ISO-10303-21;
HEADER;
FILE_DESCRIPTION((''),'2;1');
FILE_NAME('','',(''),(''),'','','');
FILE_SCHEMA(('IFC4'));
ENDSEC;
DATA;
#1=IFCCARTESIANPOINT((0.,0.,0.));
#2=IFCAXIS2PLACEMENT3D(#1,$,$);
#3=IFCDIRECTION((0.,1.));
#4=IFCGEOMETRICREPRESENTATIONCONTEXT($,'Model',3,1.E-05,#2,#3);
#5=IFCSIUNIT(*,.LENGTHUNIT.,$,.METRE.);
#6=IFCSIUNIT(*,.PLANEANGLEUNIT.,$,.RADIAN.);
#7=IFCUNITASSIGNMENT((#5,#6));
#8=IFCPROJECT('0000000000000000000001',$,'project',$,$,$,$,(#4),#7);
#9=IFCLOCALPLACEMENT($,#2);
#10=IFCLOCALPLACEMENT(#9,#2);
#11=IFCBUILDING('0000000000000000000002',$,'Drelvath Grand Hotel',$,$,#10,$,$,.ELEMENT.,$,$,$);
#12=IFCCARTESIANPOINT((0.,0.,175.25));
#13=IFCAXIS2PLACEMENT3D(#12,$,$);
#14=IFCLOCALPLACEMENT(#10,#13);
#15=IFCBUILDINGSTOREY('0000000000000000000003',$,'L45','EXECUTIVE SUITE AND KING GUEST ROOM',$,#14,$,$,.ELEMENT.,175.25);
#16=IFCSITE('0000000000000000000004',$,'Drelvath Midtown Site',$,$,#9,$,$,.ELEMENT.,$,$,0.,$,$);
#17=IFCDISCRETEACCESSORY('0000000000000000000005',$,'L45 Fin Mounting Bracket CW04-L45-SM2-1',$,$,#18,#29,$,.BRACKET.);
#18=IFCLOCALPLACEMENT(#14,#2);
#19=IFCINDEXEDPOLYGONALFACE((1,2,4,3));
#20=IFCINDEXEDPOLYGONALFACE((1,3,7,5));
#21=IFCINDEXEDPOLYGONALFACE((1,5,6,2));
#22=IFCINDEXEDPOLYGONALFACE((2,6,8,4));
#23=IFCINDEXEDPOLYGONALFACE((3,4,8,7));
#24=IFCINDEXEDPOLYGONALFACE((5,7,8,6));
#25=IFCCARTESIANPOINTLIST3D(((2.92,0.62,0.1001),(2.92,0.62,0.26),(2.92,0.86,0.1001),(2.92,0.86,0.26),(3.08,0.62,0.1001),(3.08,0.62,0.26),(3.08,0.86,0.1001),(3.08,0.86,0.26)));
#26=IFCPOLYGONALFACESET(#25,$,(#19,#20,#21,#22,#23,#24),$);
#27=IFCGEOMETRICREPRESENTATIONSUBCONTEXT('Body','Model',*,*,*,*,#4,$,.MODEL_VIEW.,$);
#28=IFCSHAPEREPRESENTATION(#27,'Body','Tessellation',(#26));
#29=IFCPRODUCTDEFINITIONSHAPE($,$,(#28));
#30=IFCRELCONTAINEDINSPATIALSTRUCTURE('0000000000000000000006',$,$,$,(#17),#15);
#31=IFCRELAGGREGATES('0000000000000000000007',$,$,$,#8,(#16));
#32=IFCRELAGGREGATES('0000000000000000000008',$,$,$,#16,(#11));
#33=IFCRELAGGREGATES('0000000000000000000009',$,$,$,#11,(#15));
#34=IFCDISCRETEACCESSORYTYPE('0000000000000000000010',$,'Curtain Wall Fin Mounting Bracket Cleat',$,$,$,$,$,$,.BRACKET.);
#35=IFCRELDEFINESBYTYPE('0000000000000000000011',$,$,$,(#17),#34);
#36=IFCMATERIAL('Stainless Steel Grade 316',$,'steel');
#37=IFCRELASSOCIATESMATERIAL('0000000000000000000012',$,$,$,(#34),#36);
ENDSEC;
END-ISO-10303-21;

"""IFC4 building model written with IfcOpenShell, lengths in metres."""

from ifc_helpers import new_model, si_unit, direction, frame, origin, origin_2d, place, context, subcontext, project, spatial, rectangle, extrude, material, type_object, element, save


model = new_model("IFC4")

# Units and contexts
model_context = context("Model", 3, precision=1e-05, world=origin(), true_north=direction((0.0, 1.0)))
body_context = subcontext(model_context, "Body", "Model", "MODEL_VIEW")
ifc_project = project(units=[si_unit("LENGTHUNIT", "METRE"), si_unit("PLANEANGLEUNIT", "RADIAN")], contexts=[model_context])

# Site, building, storey
site_placement = place(None, origin())
site = spatial("IfcSite", under=ifc_project, at=site_placement, Name="Drelvath Midtown Site", CompositionType="ELEMENT", RefElevation=0.0)
building_placement = place(site_placement, origin())
building = spatial("IfcBuilding", under=site, at=building_placement, Name="Drelvath Grand Hotel", CompositionType="ELEMENT")
storey_placement = place(building_placement, frame((0.0, 0.0, 175.25)))
storey = spatial("IfcBuildingStorey", under=building, at=storey_placement, Name="L45", Description="EXECUTIVE SUITE AND KING GUEST ROOM", CompositionType="ELEMENT", Elevation=175.25)

# Discrete accessory
ifc_material_1 = material(Name="Stainless Steel Grade 316", Category="steel")
discrete_accessory_type = type_object("IfcDiscreteAccessoryType", Name="Curtain Wall Fin Mounting Bracket Cleat", PredefinedType="BRACKET", material=ifc_material_1)
discrete_accessory_placement = place(storey_placement, frame((3.0, 0.74, 0.1001), z_axis=(0.0, 0.0, 1.0), x_axis=(-1.0, 0.0, 0.0)))
element("IfcDiscreteAccessory", 1, at=discrete_accessory_placement, inside=storey, type_object=discrete_accessory_type, Name="L45 Fin Mounting Bracket CW04-L45-SM2-1", PredefinedType="BRACKET", context=body_context, shape_type="SweptSolid", body=[
    extrude(rectangle(XDim=0.1599, YDim=0.24, at=origin_2d()), origin(), (0.0, 0.0, 1.0), 0.1599),
])

save(model, "model.ifc")
